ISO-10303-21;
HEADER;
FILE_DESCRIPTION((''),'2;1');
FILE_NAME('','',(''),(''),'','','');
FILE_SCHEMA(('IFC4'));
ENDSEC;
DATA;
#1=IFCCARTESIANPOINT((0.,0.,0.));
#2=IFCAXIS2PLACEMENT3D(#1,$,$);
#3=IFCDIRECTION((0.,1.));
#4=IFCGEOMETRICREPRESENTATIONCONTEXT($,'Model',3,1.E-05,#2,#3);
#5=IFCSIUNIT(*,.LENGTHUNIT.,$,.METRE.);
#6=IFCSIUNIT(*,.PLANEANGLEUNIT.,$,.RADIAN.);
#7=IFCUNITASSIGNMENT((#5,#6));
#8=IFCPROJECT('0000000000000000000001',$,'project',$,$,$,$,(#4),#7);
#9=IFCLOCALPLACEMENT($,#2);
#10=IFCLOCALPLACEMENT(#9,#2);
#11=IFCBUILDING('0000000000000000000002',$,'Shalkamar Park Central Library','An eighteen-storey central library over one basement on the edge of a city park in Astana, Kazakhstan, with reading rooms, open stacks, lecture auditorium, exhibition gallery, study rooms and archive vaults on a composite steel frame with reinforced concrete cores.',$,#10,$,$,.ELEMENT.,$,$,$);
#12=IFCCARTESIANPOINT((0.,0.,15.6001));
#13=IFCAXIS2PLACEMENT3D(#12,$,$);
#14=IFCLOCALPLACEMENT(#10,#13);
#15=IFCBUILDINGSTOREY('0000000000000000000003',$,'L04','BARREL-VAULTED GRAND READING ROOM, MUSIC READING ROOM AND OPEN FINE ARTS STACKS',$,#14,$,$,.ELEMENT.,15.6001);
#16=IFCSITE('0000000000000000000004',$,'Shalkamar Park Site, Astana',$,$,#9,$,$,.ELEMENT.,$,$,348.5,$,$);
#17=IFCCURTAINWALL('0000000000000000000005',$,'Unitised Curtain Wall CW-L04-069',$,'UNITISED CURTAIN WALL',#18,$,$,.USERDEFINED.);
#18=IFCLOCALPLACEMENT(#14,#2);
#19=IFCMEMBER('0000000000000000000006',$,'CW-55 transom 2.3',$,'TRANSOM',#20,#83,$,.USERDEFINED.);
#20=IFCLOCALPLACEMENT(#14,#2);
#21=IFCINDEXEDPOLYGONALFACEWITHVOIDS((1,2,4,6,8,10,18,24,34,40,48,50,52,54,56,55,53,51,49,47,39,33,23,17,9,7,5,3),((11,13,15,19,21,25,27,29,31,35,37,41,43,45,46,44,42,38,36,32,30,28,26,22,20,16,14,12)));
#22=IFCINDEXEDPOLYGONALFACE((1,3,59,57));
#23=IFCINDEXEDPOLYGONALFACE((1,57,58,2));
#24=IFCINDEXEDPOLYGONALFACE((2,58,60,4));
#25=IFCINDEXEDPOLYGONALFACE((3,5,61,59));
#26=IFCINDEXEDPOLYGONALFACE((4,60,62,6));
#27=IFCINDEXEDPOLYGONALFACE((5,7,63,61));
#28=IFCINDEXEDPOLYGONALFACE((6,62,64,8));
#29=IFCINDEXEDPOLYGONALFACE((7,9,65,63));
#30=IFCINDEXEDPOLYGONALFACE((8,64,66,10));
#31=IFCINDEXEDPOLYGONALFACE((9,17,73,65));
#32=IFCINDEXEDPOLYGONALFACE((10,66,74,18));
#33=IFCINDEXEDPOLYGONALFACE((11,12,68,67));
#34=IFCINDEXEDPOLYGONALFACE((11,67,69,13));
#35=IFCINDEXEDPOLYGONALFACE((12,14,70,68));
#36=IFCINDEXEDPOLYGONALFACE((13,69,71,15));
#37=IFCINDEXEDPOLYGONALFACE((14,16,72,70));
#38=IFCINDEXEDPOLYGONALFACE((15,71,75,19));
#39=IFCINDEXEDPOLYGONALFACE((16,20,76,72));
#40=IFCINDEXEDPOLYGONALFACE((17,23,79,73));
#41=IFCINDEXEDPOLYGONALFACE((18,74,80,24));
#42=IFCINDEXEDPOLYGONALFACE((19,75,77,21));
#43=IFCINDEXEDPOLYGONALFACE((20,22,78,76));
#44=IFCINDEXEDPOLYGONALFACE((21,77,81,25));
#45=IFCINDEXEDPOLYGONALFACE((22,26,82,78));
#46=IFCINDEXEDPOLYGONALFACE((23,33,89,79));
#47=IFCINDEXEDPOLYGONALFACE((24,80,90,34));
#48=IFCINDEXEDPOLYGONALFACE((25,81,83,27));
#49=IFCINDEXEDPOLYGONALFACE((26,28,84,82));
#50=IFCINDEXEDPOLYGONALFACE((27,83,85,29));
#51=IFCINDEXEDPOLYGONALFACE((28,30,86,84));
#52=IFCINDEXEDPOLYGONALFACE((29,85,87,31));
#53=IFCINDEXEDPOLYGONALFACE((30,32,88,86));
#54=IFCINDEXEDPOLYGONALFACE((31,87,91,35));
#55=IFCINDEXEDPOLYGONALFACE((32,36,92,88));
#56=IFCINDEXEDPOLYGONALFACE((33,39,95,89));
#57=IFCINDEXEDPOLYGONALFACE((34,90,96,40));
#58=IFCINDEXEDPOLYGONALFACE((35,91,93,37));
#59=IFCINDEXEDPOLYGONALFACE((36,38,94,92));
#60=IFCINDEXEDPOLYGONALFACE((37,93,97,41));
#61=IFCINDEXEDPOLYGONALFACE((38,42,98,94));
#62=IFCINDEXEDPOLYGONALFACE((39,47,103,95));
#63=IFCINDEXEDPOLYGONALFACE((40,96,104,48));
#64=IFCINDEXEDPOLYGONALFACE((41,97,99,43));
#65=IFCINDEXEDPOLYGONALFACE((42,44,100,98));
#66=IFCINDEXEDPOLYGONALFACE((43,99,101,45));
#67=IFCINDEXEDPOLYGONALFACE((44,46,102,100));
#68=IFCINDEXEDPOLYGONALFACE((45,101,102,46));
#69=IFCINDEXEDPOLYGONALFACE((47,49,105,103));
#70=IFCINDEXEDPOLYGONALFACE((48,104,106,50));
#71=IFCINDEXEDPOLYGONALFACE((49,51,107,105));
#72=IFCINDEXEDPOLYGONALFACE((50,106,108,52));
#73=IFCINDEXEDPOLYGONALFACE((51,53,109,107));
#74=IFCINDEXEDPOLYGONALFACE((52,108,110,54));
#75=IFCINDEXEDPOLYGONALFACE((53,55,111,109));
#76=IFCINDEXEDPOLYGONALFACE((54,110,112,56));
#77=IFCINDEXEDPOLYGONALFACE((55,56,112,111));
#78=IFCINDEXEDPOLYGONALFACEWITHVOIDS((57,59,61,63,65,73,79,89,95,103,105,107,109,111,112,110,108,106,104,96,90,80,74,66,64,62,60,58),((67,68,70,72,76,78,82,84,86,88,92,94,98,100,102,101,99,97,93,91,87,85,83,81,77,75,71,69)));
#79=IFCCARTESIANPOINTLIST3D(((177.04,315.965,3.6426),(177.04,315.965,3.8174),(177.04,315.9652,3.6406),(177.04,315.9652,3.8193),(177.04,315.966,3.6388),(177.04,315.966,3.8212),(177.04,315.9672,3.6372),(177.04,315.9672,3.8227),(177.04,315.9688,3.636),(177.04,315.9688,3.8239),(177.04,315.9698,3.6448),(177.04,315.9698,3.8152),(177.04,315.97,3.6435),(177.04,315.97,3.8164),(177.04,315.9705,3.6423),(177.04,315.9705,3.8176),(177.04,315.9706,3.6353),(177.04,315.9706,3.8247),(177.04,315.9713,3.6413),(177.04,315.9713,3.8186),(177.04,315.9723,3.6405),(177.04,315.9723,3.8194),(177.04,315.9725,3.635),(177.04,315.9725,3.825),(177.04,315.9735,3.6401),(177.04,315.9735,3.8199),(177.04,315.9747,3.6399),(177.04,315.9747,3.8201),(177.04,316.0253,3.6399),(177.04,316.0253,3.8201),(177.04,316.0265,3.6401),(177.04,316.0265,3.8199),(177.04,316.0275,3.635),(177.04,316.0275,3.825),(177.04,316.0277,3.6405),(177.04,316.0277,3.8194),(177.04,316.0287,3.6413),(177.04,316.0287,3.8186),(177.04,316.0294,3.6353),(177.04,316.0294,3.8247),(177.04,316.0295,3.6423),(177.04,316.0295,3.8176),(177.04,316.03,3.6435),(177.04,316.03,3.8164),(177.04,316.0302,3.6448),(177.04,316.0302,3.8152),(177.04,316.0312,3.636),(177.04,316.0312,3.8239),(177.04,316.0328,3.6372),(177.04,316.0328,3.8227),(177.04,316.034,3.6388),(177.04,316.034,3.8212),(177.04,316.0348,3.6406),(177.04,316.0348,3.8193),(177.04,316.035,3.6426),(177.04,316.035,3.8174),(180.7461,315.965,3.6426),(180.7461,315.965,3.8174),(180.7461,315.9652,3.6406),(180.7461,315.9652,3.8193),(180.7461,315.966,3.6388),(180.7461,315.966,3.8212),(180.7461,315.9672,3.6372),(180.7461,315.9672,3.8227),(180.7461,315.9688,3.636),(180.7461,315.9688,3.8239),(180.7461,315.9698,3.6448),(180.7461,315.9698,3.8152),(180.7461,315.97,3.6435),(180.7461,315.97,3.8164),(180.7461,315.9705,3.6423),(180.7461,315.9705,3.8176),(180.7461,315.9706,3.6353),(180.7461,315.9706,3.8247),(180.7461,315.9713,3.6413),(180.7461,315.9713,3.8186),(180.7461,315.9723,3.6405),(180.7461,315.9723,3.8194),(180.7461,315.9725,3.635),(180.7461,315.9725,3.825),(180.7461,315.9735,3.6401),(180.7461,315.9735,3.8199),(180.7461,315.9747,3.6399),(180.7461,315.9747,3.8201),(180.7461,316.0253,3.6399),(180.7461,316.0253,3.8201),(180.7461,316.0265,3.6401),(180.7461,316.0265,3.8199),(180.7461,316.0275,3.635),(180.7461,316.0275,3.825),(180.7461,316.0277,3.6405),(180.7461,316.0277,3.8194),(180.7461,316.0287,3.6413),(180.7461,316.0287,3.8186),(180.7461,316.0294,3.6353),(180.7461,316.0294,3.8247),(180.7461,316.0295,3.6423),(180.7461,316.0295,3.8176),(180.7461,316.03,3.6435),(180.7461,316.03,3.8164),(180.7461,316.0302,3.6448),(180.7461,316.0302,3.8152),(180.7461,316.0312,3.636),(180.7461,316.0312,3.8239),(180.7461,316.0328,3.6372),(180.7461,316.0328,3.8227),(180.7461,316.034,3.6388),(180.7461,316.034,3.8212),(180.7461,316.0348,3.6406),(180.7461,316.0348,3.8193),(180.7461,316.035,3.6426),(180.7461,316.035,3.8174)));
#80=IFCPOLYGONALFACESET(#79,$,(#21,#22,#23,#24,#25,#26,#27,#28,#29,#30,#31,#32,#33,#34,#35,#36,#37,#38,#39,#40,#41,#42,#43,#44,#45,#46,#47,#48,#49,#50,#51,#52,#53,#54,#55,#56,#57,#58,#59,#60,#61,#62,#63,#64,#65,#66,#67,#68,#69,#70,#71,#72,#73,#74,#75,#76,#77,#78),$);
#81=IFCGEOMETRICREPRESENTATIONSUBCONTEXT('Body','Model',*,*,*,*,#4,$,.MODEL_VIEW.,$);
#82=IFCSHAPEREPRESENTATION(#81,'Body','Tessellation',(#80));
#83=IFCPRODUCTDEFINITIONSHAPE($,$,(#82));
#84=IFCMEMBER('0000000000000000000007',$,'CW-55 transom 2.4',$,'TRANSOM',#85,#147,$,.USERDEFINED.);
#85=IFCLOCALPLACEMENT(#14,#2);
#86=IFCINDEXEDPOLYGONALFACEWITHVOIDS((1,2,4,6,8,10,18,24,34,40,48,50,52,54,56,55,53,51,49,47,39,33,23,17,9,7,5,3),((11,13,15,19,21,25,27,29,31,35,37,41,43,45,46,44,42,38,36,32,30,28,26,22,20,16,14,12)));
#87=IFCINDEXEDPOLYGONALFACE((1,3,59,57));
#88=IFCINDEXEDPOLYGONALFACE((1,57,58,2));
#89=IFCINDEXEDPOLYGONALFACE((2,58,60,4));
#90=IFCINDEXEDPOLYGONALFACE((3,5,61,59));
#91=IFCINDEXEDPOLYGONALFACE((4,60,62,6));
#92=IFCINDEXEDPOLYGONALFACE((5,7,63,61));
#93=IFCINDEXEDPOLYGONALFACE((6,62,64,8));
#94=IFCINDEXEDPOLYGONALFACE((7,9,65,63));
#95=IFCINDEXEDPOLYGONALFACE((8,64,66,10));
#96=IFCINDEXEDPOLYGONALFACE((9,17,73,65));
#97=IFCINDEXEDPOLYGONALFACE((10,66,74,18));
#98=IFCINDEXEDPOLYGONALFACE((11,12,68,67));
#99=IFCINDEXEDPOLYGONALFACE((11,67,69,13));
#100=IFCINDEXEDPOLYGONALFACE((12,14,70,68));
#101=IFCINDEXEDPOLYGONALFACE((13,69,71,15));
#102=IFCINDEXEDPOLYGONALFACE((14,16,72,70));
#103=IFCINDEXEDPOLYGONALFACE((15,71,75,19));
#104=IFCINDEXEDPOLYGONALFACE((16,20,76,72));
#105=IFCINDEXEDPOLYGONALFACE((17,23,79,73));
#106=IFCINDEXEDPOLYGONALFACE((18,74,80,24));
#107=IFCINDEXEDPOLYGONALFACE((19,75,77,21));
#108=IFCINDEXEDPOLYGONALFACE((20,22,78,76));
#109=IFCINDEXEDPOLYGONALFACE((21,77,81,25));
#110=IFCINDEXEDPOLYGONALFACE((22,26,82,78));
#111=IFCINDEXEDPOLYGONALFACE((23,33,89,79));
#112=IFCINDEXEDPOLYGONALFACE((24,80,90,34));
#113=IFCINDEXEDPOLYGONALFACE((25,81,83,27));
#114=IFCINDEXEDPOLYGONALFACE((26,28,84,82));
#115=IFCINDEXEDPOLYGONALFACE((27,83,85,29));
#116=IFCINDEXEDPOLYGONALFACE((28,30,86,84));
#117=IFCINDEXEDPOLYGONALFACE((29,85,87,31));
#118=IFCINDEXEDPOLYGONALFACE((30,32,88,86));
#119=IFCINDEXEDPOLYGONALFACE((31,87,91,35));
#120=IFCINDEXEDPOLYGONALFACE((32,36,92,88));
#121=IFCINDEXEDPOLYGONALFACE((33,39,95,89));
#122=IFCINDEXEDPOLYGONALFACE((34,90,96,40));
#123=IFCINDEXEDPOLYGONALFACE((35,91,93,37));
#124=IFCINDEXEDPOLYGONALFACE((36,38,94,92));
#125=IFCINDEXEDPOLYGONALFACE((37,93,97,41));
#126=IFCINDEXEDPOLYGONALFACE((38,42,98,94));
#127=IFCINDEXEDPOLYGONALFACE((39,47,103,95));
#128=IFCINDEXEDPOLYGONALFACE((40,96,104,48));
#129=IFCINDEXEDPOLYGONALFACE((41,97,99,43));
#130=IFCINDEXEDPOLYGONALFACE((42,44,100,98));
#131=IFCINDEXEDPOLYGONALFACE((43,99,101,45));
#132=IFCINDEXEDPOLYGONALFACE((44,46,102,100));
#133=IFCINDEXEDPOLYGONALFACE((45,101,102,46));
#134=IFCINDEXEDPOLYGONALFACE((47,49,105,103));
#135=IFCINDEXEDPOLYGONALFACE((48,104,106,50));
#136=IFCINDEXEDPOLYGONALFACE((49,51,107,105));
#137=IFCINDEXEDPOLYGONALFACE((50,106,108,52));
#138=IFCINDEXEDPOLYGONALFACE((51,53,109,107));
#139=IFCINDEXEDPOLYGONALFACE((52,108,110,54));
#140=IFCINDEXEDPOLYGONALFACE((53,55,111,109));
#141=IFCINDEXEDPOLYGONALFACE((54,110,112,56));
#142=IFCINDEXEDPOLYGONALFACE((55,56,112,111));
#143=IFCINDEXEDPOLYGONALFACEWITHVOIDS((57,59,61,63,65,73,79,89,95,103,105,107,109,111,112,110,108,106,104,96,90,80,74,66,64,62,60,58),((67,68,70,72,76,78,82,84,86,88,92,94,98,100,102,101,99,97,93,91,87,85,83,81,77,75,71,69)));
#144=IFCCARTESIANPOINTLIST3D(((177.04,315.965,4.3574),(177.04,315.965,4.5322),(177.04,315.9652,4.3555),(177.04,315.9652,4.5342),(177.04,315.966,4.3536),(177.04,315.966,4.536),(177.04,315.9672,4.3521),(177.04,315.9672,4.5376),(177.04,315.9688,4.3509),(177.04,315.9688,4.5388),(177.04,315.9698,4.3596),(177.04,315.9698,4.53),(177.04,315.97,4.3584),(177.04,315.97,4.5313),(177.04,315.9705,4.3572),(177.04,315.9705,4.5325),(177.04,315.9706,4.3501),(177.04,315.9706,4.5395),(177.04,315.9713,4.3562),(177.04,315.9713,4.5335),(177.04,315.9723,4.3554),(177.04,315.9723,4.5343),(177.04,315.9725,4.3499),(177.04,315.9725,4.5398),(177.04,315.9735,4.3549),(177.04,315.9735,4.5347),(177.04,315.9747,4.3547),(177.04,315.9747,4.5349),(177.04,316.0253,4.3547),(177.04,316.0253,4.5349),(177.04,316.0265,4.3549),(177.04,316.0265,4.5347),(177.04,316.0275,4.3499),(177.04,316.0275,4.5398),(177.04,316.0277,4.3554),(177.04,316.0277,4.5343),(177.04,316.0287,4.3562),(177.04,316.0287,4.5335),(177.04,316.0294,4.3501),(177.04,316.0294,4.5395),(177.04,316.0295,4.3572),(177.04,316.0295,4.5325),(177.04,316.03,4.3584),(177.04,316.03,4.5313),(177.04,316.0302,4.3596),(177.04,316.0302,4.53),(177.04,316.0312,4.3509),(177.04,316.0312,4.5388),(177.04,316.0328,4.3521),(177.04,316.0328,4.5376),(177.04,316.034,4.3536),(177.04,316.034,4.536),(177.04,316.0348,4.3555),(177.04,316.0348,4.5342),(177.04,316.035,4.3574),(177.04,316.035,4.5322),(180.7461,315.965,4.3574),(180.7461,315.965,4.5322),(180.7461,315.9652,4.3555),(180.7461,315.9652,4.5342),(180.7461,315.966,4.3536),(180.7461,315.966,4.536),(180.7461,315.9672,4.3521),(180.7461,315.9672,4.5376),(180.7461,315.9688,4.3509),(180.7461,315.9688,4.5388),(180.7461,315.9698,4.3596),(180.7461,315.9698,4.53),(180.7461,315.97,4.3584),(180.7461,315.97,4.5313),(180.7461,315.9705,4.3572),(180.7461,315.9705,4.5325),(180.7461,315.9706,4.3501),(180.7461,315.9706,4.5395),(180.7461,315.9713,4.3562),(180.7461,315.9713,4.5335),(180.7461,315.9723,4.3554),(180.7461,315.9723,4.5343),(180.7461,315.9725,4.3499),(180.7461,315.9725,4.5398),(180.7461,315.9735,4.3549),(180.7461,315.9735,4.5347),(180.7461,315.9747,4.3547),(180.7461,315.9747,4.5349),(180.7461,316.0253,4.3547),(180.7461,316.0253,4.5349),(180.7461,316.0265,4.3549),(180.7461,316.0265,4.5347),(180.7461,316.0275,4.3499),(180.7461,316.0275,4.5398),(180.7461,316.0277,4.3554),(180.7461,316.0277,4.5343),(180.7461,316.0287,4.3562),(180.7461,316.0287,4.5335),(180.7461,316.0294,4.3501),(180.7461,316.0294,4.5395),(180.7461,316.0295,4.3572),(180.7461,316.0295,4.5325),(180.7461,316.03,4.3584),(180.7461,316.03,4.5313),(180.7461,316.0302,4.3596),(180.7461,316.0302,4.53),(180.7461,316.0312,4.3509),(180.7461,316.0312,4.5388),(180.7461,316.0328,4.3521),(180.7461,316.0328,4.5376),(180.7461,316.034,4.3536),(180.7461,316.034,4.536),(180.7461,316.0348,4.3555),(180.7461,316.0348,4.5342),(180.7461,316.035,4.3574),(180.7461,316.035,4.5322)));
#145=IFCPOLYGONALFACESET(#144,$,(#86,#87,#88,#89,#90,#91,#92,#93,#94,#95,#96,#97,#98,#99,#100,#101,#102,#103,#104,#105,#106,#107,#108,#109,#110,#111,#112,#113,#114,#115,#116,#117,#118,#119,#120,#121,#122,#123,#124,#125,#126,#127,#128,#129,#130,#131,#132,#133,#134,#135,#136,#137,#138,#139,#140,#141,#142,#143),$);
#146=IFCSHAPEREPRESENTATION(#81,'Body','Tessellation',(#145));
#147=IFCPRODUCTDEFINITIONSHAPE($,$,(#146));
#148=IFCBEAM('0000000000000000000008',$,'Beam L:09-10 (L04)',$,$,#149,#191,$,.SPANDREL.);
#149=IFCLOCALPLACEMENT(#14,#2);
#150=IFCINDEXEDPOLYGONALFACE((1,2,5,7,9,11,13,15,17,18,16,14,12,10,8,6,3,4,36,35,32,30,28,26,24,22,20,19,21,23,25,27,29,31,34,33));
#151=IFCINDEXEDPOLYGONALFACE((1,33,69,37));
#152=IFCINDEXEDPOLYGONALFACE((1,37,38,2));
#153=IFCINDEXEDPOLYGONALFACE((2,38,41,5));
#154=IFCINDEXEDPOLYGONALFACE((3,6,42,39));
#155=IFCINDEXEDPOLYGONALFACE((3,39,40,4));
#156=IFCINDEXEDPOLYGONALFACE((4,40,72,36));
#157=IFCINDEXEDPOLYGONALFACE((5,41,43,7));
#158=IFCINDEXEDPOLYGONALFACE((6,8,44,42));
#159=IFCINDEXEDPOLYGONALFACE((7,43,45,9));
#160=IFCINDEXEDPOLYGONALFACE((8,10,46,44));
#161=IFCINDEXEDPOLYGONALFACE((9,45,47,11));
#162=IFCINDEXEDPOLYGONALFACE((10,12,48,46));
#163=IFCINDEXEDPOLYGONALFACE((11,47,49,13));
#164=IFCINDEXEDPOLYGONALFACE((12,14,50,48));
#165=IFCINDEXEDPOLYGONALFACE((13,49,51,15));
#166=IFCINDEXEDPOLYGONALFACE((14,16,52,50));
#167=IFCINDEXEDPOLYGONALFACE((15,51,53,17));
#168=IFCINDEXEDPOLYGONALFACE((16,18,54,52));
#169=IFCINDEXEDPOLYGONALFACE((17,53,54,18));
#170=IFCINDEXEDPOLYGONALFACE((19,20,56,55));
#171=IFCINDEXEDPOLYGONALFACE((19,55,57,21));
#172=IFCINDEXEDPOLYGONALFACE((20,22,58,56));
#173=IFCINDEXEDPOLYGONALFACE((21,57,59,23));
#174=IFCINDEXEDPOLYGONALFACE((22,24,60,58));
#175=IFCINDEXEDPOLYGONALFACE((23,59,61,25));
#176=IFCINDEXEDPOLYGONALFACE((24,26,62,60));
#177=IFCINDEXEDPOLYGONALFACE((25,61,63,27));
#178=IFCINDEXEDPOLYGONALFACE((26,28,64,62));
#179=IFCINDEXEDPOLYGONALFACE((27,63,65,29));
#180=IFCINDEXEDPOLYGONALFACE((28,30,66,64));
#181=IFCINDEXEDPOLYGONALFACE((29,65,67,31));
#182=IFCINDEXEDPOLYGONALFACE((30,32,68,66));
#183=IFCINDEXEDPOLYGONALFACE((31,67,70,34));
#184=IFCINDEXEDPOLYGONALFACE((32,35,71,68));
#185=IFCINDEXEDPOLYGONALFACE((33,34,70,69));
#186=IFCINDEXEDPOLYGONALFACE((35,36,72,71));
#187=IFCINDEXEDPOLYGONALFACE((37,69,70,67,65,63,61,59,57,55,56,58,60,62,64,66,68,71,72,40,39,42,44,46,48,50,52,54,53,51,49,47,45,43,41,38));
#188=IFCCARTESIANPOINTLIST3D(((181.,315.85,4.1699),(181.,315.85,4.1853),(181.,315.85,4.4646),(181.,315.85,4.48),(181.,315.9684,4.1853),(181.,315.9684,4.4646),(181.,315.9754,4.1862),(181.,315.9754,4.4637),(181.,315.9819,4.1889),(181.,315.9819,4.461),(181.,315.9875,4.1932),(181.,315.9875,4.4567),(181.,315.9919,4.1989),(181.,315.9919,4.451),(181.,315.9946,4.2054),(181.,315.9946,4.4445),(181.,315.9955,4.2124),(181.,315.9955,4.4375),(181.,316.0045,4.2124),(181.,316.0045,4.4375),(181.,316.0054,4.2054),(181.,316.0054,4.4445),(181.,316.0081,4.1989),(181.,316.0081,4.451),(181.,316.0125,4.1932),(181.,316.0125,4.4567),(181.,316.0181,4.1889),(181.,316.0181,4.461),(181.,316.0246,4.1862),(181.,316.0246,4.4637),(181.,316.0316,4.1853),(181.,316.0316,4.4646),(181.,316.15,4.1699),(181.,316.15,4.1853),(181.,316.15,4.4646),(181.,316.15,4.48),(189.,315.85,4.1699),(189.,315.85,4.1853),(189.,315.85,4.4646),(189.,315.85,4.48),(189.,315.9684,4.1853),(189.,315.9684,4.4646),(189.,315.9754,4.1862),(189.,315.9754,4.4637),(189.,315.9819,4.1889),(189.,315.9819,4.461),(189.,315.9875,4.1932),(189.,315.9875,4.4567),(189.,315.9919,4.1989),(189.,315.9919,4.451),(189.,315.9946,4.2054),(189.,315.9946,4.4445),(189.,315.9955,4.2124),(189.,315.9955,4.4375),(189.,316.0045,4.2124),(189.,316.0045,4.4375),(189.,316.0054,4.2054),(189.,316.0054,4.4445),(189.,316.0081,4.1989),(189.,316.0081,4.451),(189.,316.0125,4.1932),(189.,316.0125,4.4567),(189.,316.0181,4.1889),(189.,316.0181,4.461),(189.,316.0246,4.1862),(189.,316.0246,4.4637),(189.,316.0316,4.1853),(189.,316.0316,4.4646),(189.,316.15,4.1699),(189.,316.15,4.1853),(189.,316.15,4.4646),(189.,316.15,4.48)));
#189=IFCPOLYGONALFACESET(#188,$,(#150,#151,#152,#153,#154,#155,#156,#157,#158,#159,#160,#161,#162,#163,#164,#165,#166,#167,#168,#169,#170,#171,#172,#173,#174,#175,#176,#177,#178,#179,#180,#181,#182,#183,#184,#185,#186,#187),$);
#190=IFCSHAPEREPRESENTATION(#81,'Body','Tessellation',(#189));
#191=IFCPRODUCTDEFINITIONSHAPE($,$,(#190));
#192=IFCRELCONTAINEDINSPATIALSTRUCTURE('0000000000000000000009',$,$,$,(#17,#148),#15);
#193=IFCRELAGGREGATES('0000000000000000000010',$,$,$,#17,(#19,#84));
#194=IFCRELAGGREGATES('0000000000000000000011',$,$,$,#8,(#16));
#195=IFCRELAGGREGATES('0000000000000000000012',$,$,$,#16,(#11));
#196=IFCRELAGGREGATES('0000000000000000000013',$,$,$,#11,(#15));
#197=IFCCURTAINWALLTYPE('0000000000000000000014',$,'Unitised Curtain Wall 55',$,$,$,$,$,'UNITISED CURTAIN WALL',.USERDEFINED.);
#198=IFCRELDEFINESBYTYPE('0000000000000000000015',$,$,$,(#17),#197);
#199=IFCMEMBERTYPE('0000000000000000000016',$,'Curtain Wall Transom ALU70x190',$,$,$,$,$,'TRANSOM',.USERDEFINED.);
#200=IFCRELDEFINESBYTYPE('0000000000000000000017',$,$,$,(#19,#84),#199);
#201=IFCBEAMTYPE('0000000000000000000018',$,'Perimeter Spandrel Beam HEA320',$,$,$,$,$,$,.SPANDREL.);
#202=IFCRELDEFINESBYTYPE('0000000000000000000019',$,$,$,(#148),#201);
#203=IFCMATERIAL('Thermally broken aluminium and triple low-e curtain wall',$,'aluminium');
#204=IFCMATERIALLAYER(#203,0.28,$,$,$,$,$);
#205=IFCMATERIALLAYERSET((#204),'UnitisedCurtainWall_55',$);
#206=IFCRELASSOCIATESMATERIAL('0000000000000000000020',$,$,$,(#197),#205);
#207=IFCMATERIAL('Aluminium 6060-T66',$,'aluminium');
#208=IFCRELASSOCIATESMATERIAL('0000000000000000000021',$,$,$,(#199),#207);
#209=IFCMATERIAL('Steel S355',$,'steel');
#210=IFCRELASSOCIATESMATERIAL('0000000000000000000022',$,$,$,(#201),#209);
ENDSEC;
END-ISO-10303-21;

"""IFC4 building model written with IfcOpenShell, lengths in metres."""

from ifc_helpers import new_model, si_unit, direction, frame, origin, origin_2d, place, context, subcontext, project, spatial, hollow_rectangle, i_section, extrude, material, layer, layer_set, material_profile, profile_set, type_object, element, aggregate, save


model = new_model("IFC4")

# Units and contexts
model_context = context("Model", 3, precision=1e-05, world=origin(), true_north=direction((0.0, 1.0)))
body_context = subcontext(model_context, "Body", "Model", "MODEL_VIEW")
ifc_project = project(units=[si_unit("LENGTHUNIT", "METRE"), si_unit("PLANEANGLEUNIT", "RADIAN")], contexts=[model_context])

# Site, building, storey
site_placement = place(None, origin())
site = spatial("IfcSite", under=ifc_project, at=site_placement, Name="Shalkamar Park Site, Astana", CompositionType="ELEMENT", RefElevation=348.5)
building_placement = place(site_placement, origin())
building = spatial("IfcBuilding", under=site, at=building_placement, Name="Shalkamar Park Central Library", Description="An eighteen-storey central library over one basement on the edge of a city park in Astana, Kazakhstan, with reading rooms, open stacks, lecture auditorium, exhibition gallery, study rooms and archive vaults on a composite steel frame with reinforced concrete cores.", CompositionType="ELEMENT")
storey_placement = place(building_placement, frame((0.0, 0.0, 15.6001)))
storey = spatial("IfcBuildingStorey", under=building, at=storey_placement, Name="L04", Description="BARREL-VAULTED GRAND READING ROOM, MUSIC READING ROOM AND OPEN FINE ARTS STACKS", CompositionType="ELEMENT", Elevation=15.6001)

# Shared definitions
ifc_material_1 = material(Name="Steel S355", Category="steel")

# Shared definitions
ifc_material_2 = material(Name="Thermally broken aluminium and triple low-e curtain wall", Category="aluminium")
ifc_material_3 = material(Name="Aluminium 6060-T66", Category="aluminium")

# Curtain wall
ifc_layer_1 = layer(ifc_material_2, 0.28)
ifc_layer_set_1 = layer_set([ifc_layer_1], Name="UnitisedCurtainWall_55")
curtain_wall_type_1 = type_object("IfcCurtainWallType", Name="Unitised Curtain Wall 55", ElementType="UNITISED CURTAIN WALL", PredefinedType="USERDEFINED", material=ifc_layer_set_1)
curtain_wall_1_placement = place(storey_placement, origin())
curtain_wall_1 = element("IfcCurtainWall", 1, at=curtain_wall_1_placement, inside=storey, type_object=curtain_wall_type_1, Name="Unitised Curtain Wall CW-L04-069", ObjectType="UNITISED CURTAIN WALL", PredefinedType="USERDEFINED")

# Members
ifc_material_profile_1 = material_profile(ifc_material_3, hollow_rectangle(XDim=0.0701, YDim=0.1899, WallThickness=0.0049, InnerFilletRadius=0.0049, OuterFilletRadius=0.0076, at=origin_2d()), Name="ALU 70x190x5")
ifc_profile_set_1 = profile_set([ifc_material_profile_1], Name="Aluminium 6060-T66")
member_type_1 = type_object("IfcMemberType", Name="Curtain Wall Transom ALU70x190", ElementType="TRANSOM", PredefinedType="USERDEFINED", material=ifc_profile_set_1)
member_1_placement = place(storey_placement, frame((177.04, 316.0, 3.73), z_axis=(1.0, 0.0, 0.0), x_axis=(0.0, 1.0, 0.0)))
member_1 = element("IfcMember", 2, at=member_1_placement, type_object=member_type_1, Name="CW-55 transom 2.3", ObjectType="TRANSOM", PredefinedType="USERDEFINED", context=body_context, shape_type="SweptSolid", body=[
    extrude(hollow_rectangle(XDim=0.0701, YDim=0.1899, WallThickness=0.0049, InnerFilletRadius=0.0049, OuterFilletRadius=0.0076, at=origin_2d()), origin(), (0.0, 0.0, 1.0), 3.7061),
])
member_2_placement = place(storey_placement, frame((177.04, 316.0, 4.4448), z_axis=(1.0, 0.0, 0.0), x_axis=(0.0, 1.0, 0.0)))
member_2 = element("IfcMember", 3, at=member_2_placement, type_object=member_type_1, Name="CW-55 transom 2.4", ObjectType="TRANSOM", PredefinedType="USERDEFINED", context=body_context, shape_type="SweptSolid", body=[
    extrude(hollow_rectangle(XDim=0.0701, YDim=0.1899, WallThickness=0.0049, InnerFilletRadius=0.0049, OuterFilletRadius=0.0076, at=origin_2d()), origin(), (0.0, 0.0, 1.0), 3.7061),
])

# Beam
ifc_material_profile_2 = material_profile(ifc_material_1, i_section(OverallWidth=0.3, OverallDepth=0.3101, WebThickness=0.009, FlangeThickness=0.0154, FilletRadius=0.0271, at=origin_2d()), Name="HEA 320")
ifc_profile_set_2 = profile_set([ifc_material_profile_2], Name="Steel S355")
beam_type_1 = type_object("IfcBeamType", Name="Perimeter Spandrel Beam HEA320", PredefinedType="SPANDREL", material=ifc_profile_set_2)
for number, where, z_axis, x_axis, name in (
    (4, (181.0, 316.0, 4.325), (1.0, 0.0, 0.0), (0.0, 1.0, 0.0), "Beam L:09-10 (L04)"),
):
    element("IfcBeam", number, at=place(storey_placement, frame(where, z_axis=z_axis, x_axis=x_axis)), inside=storey, type_object=beam_type_1, Name=name, PredefinedType="SPANDREL", context=body_context, shape_type="SweptSolid", body=[
        extrude(i_section(OverallWidth=0.3, OverallDepth=0.3101, WebThickness=0.009, FlangeThickness=0.0154, FilletRadius=0.0271, at=origin_2d()), origin(), (0.0, 0.0, 1.0), 8.0),
    ])

aggregate(curtain_wall_1, [member_1, member_2])

save(model, "model.ifc")
